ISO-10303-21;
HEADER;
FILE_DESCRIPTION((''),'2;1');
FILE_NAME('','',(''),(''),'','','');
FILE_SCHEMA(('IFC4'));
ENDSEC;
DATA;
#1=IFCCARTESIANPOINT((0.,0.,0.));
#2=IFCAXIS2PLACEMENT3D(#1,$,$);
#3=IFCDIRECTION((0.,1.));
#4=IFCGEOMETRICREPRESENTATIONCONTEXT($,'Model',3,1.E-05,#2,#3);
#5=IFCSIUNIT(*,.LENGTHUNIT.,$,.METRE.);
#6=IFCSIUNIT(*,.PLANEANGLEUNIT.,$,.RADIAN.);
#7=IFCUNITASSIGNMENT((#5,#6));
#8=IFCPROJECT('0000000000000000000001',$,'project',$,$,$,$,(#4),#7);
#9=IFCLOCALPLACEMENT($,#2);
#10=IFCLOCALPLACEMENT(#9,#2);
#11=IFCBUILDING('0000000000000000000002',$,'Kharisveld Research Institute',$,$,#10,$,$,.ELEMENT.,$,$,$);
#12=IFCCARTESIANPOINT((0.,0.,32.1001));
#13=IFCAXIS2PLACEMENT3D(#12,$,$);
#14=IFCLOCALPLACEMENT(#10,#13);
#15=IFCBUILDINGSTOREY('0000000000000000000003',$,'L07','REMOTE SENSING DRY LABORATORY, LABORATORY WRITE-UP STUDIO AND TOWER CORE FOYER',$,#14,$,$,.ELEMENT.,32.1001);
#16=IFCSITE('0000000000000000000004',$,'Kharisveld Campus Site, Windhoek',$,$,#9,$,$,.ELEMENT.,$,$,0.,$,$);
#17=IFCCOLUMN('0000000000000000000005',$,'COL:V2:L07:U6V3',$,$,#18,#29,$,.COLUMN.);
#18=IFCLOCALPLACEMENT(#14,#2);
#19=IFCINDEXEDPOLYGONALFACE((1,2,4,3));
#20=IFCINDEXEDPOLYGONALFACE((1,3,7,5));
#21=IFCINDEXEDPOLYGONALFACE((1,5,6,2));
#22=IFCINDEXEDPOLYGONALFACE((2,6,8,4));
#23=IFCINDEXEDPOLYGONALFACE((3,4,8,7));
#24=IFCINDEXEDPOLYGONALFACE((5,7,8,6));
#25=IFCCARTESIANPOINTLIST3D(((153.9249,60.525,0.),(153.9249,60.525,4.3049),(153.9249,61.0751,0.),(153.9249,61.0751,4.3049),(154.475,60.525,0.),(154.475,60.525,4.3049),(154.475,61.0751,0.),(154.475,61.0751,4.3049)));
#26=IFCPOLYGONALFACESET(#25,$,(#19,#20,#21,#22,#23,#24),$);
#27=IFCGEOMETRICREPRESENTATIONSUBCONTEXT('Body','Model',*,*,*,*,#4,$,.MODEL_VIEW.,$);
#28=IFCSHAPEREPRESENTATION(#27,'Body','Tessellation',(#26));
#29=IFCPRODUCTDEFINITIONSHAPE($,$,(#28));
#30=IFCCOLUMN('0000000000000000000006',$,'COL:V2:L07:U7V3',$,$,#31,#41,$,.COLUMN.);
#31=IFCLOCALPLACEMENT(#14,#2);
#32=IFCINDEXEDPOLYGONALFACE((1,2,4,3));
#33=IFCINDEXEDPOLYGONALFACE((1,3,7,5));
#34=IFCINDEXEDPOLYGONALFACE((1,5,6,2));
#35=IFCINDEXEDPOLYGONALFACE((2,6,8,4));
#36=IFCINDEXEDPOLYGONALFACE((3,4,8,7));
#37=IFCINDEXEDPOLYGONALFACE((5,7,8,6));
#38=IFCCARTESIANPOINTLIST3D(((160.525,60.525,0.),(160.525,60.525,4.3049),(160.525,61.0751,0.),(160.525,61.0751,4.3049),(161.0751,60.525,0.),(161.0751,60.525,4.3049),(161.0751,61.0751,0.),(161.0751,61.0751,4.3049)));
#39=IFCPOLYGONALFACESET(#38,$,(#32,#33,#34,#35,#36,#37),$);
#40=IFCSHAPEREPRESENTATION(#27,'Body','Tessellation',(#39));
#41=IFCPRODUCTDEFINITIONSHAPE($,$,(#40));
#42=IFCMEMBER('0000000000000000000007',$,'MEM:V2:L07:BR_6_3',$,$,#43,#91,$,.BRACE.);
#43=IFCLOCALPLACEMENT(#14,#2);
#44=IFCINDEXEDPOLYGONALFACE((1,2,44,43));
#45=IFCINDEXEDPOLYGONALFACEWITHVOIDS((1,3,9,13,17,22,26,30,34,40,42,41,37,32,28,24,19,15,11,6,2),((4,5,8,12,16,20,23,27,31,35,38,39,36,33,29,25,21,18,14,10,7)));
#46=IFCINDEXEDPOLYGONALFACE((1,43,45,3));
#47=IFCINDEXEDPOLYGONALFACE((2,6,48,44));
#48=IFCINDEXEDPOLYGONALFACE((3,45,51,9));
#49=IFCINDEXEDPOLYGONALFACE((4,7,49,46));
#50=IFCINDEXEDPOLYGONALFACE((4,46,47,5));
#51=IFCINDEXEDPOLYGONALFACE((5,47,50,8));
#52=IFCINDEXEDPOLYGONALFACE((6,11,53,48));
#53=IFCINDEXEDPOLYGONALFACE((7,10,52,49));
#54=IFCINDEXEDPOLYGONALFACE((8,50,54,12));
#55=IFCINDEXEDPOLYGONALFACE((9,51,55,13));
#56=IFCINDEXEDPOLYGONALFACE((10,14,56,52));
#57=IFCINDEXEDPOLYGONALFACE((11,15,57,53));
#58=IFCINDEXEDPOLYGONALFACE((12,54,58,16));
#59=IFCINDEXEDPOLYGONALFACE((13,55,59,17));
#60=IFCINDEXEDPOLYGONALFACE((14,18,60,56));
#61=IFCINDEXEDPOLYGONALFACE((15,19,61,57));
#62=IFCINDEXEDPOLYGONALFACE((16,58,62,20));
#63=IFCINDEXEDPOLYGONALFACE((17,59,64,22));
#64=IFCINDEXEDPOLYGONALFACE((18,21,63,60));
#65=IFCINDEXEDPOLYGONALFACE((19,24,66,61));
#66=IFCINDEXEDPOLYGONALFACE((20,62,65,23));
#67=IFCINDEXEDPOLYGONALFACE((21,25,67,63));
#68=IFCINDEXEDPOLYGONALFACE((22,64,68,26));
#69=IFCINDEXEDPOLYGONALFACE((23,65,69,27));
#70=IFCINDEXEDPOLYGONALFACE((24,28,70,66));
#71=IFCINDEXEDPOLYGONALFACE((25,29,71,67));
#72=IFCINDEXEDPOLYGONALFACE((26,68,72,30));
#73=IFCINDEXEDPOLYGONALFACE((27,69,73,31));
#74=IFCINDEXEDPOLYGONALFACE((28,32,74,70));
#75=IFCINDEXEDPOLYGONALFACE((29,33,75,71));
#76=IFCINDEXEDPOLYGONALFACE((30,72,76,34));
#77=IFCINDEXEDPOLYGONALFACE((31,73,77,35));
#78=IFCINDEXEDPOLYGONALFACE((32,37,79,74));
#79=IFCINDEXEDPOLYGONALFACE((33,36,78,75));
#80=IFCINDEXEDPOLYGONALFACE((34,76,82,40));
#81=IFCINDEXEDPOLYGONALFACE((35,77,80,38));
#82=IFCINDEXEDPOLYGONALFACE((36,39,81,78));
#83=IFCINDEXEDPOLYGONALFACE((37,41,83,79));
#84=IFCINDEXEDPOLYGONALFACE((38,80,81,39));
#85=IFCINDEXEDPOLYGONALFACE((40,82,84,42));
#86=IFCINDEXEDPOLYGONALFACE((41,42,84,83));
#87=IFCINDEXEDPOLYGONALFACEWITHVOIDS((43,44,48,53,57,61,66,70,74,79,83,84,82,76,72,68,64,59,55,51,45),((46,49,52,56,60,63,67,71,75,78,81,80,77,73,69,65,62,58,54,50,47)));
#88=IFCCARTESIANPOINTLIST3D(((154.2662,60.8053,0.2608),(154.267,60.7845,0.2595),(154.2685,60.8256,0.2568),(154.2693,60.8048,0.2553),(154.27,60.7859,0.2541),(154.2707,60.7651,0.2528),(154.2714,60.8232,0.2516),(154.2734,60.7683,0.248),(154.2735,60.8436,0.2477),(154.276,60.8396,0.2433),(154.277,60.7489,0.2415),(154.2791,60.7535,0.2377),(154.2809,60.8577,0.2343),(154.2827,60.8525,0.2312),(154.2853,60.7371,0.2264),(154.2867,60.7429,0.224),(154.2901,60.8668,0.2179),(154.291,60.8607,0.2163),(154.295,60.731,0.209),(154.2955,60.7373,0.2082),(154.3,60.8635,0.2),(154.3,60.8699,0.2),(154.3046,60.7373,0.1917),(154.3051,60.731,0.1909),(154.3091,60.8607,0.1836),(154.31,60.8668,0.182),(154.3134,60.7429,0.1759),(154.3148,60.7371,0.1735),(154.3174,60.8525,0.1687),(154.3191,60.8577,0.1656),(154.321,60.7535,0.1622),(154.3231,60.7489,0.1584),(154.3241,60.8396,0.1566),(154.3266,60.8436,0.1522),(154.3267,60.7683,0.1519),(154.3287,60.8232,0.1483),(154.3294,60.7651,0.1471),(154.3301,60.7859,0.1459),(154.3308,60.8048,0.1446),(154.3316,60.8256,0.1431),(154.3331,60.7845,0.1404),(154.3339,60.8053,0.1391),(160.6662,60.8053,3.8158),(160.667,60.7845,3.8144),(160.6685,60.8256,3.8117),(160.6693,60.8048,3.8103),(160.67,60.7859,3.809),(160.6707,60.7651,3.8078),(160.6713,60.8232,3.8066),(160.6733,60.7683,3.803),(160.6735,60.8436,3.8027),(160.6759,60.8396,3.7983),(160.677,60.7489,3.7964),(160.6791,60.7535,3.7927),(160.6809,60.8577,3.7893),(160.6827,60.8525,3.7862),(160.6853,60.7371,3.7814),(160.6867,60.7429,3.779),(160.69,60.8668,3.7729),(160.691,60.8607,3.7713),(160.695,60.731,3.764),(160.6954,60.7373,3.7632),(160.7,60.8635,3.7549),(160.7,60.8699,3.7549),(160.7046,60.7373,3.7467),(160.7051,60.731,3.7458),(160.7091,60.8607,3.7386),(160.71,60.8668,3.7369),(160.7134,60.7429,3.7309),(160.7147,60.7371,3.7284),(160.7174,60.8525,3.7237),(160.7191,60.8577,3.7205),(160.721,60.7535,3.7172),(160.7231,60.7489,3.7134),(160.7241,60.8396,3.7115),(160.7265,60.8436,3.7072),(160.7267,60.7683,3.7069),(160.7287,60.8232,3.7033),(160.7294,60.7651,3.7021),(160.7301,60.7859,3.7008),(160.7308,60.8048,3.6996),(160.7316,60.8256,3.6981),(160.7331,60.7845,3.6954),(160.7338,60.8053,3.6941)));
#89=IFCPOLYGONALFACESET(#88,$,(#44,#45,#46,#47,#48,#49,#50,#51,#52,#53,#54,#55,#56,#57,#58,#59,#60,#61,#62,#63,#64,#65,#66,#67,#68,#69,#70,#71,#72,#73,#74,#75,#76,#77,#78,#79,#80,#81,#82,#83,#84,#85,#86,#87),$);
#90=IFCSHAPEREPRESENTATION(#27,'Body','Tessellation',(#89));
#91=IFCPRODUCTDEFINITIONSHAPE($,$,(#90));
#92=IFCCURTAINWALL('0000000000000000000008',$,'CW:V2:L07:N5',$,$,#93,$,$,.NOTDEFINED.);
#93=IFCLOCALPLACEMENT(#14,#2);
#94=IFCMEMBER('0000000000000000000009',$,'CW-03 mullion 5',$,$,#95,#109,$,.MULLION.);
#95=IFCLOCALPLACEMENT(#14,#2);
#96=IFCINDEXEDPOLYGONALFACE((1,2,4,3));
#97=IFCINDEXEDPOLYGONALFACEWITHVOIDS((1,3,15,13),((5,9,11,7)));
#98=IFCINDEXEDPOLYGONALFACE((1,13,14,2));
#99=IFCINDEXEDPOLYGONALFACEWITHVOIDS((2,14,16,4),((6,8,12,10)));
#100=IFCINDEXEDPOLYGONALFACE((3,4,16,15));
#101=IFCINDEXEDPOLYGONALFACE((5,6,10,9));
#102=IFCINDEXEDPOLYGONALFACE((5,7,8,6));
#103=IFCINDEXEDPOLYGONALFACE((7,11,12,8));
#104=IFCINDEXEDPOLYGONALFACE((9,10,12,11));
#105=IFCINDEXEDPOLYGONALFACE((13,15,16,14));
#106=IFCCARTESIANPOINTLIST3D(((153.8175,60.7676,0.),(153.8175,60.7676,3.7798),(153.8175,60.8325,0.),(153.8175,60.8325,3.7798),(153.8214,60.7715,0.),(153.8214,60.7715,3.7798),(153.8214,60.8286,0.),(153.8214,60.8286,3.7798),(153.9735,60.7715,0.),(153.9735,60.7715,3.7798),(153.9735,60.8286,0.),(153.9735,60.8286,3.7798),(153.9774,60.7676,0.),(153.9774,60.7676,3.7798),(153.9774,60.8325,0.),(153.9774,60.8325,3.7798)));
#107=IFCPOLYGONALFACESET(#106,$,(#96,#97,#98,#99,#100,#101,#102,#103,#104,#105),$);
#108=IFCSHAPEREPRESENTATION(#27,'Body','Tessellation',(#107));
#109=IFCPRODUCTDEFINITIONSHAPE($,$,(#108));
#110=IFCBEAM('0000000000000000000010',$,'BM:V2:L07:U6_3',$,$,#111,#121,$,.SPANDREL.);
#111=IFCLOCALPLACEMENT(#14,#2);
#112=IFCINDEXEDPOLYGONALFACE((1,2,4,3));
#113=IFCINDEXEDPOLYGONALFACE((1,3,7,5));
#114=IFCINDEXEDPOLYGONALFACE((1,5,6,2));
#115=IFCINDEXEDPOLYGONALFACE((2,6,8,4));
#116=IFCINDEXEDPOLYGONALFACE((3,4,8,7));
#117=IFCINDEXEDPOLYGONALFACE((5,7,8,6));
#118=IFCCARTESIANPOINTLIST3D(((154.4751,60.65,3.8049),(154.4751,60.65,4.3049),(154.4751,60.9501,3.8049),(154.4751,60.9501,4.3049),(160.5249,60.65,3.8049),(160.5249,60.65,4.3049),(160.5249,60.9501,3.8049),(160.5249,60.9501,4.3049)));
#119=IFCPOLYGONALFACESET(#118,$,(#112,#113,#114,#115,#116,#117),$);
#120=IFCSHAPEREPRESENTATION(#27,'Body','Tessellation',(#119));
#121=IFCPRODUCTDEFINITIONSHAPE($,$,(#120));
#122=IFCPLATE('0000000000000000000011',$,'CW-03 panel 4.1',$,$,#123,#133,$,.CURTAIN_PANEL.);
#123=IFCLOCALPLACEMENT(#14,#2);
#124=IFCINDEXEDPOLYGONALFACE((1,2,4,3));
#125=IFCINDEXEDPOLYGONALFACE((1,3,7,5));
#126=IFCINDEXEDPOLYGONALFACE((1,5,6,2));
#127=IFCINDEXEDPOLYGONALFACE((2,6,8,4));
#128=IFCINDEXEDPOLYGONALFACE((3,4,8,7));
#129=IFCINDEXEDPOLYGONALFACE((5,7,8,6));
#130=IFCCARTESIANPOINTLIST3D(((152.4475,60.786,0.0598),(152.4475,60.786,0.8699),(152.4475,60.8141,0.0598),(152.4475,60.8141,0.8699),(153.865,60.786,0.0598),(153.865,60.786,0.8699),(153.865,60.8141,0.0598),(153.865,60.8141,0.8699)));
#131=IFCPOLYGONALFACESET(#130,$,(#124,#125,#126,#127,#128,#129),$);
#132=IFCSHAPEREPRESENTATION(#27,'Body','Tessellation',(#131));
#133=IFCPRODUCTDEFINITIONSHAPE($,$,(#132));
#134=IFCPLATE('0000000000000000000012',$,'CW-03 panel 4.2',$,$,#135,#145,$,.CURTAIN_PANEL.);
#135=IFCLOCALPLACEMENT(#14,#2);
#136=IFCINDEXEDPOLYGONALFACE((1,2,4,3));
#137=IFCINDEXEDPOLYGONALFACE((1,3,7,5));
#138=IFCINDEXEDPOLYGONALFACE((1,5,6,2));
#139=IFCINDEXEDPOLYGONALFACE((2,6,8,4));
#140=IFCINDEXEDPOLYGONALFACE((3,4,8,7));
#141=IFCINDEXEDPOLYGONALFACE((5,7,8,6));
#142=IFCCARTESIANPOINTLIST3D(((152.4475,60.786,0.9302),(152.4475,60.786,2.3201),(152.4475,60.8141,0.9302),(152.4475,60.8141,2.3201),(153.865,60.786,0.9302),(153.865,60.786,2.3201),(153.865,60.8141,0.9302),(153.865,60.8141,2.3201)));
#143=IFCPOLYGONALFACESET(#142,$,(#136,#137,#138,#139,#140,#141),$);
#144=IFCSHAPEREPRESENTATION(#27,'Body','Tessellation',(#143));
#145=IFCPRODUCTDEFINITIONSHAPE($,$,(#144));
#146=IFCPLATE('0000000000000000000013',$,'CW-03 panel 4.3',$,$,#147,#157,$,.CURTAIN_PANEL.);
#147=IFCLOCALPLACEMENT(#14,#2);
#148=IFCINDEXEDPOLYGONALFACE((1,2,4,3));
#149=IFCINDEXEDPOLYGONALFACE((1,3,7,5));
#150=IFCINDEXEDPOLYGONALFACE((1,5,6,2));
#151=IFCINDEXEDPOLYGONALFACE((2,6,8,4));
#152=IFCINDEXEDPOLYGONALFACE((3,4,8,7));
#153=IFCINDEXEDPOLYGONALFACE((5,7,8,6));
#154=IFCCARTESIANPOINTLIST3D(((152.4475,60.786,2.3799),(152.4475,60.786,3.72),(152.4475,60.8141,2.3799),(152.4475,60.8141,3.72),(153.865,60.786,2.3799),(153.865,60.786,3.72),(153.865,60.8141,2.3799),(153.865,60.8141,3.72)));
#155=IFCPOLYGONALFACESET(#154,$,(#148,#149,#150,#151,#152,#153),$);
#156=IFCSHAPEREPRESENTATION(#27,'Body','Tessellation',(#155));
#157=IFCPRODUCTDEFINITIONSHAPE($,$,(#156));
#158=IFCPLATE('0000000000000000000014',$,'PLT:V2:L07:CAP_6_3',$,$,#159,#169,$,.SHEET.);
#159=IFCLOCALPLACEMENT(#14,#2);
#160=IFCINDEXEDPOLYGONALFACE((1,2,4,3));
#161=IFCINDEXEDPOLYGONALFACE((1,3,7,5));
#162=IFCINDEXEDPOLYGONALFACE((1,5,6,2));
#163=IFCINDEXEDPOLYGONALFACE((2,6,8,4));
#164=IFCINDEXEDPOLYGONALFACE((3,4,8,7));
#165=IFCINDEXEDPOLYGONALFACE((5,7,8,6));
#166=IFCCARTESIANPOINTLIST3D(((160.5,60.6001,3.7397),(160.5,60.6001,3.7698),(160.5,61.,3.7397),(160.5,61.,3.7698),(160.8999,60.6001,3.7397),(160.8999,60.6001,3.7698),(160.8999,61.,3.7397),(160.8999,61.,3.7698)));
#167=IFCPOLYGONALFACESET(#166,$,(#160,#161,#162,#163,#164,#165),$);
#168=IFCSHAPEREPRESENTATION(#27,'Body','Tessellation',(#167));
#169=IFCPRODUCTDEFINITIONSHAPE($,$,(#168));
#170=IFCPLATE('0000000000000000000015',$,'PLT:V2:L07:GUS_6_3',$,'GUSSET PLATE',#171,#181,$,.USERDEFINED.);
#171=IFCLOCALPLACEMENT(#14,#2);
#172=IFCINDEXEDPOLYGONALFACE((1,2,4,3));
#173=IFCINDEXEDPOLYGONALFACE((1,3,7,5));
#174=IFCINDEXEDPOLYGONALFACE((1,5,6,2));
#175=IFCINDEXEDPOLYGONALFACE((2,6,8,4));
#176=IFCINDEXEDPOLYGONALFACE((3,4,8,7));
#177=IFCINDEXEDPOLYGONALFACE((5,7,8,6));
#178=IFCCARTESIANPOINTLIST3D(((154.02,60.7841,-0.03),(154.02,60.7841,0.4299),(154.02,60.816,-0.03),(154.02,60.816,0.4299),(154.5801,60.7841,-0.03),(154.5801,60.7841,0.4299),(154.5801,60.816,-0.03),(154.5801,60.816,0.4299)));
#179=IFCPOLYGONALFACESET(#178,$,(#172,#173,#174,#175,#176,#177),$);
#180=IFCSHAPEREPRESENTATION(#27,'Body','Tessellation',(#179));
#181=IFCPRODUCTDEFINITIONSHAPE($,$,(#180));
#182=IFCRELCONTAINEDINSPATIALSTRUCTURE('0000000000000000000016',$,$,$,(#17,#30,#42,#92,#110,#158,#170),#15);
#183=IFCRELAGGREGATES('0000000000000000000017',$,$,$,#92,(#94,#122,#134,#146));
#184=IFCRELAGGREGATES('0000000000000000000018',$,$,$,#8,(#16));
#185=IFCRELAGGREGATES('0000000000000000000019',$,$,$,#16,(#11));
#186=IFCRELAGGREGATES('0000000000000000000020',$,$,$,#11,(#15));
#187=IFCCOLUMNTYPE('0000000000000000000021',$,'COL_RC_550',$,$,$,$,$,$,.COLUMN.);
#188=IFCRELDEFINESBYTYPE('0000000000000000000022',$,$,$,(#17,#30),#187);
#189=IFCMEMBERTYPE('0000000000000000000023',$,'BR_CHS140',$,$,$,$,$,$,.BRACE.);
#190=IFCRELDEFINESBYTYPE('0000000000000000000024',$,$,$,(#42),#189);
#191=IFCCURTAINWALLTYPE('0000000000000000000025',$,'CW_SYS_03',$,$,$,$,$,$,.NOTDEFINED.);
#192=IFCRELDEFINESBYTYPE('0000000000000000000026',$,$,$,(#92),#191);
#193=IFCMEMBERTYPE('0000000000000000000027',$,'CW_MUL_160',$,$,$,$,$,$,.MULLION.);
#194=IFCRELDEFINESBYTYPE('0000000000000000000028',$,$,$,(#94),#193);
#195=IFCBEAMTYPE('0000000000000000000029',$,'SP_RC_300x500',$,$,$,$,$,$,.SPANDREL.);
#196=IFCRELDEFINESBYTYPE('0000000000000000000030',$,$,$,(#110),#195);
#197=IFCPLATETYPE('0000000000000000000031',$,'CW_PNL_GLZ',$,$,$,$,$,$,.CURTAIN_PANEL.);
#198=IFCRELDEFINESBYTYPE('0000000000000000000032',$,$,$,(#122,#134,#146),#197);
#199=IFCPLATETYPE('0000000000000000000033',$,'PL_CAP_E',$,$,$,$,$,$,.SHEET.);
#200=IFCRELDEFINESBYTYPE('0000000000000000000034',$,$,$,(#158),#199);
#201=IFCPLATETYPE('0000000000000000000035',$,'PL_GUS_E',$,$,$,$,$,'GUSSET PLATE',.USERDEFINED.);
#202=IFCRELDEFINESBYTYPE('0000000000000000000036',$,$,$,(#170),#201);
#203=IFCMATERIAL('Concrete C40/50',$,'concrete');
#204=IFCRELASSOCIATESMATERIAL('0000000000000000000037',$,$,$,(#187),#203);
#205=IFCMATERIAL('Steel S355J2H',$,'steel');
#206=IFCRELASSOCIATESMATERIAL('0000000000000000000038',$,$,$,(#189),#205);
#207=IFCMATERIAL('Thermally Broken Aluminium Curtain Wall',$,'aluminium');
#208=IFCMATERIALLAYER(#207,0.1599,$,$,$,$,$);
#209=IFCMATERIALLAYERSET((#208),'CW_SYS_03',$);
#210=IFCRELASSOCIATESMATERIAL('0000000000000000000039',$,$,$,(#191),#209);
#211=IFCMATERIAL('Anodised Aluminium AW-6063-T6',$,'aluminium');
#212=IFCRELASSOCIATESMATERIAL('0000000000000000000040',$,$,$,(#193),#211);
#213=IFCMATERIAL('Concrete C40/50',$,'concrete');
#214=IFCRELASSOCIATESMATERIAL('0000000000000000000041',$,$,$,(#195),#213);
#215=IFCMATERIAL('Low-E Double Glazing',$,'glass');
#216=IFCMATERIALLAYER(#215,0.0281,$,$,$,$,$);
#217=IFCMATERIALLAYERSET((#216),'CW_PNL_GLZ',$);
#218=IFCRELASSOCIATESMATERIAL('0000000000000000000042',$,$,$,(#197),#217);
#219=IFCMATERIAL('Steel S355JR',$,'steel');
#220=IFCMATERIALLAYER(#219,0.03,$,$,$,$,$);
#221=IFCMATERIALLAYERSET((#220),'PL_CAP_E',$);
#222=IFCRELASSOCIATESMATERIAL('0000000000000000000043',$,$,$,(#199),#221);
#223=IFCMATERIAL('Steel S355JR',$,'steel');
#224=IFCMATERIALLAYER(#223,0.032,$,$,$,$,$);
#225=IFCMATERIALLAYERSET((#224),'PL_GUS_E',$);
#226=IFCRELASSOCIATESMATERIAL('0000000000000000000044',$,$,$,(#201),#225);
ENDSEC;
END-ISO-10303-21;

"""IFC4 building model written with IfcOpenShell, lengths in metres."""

from ifc_helpers import new_model, si_unit, direction, frame, origin, origin_2d, place, context, subcontext, project, spatial, rectangle, hollow_rectangle, hollow_circle, extrude, material, layer, layer_set, material_profile, profile_set, type_object, element, aggregate, save


model = new_model("IFC4")

# Units and contexts
model_context = context("Model", 3, precision=1e-05, world=origin(), true_north=direction((0.0, 1.0)))
body_context = subcontext(model_context, "Body", "Model", "MODEL_VIEW")
ifc_project = project(units=[si_unit("LENGTHUNIT", "METRE"), si_unit("PLANEANGLEUNIT", "RADIAN")], contexts=[model_context])

# Site, building, storey
site_placement = place(None, origin())
site = spatial("IfcSite", under=ifc_project, at=site_placement, Name="Kharisveld Campus Site, Windhoek", CompositionType="ELEMENT", RefElevation=0.0)
building_placement = place(site_placement, origin())
building = spatial("IfcBuilding", under=site, at=building_placement, Name="Kharisveld Research Institute", CompositionType="ELEMENT")
storey_placement = place(building_placement, frame((0.0, 0.0, 32.1001)))
storey = spatial("IfcBuildingStorey", under=building, at=storey_placement, Name="L07", Description="REMOTE SENSING DRY LABORATORY, LABORATORY WRITE-UP STUDIO AND TOWER CORE FOYER", CompositionType="ELEMENT", Elevation=32.1001)

# Columns
ifc_material_1 = material(Name="Concrete C40/50", Category="concrete")
ifc_material_profile_1 = material_profile(ifc_material_1, rectangle(XDim=0.55, YDim=0.55, at=origin_2d()))
ifc_profile_set_1 = profile_set([ifc_material_profile_1], Name="Concrete C40/50")
column_type = type_object("IfcColumnType", Name="COL_RC_550", PredefinedType="COLUMN", material=ifc_profile_set_1)
for number, where, z_axis, x_axis, name in (
    (1, (154.2, 60.8, 0.0), (0.0, 0.0, 1.0), (1.0, 0.0, 0.0), "COL:V2:L07:U6V3"),
    (2, (160.8, 60.8, 0.0), (0.0, 0.0, 1.0), (1.0, 0.0, 0.0), "COL:V2:L07:U7V3"),
):
    element("IfcColumn", number, at=place(storey_placement, frame(where, z_axis=z_axis, x_axis=x_axis)), inside=storey, type_object=column_type, Name=name, PredefinedType="COLUMN", context=body_context, shape_type="SweptSolid", body=[
        extrude(rectangle(XDim=0.55, YDim=0.55, at=origin_2d()), origin(), (0.0, 0.0, 1.0), 4.3049),
    ])

# Member
ifc_material_2 = material(Name="Steel S355J2H", Category="steel")
ifc_material_profile_2 = material_profile(ifc_material_2, hollow_circle(Radius=0.0698, WallThickness=0.0063, at=origin_2d()))
ifc_profile_set_2 = profile_set([ifc_material_profile_2], Name="Steel S355J2H")
member_type_1 = type_object("IfcMemberType", Name="BR_CHS140", PredefinedType="BRACE", material=ifc_profile_set_2)
member_1_placement = place(storey_placement, frame((154.3, 60.8, 0.2), z_axis=(0.87419, 0.0, 0.485583), x_axis=(0.0, 1.0, 0.0)))
element("IfcMember", 3, at=member_1_placement, inside=storey, type_object=member_type_1, Name="MEM:V2:L07:BR_6_3", PredefinedType="BRACE", context=body_context, shape_type="SweptSolid", body=[
    extrude(hollow_circle(Radius=0.0698, WallThickness=0.0063, at=origin_2d()), origin(), (0.0, 0.0, 1.0), 7.321),
])

# Curtain wall, member
ifc_material_3 = material(Name="Thermally Broken Aluminium Curtain Wall", Category="aluminium")
ifc_layer_1 = layer(ifc_material_3, 0.1599)
ifc_layer_set_1 = layer_set([ifc_layer_1], Name="CW_SYS_03")
curtain_wall_type = type_object("IfcCurtainWallType", Name="CW_SYS_03", PredefinedType="NOTDEFINED", material=ifc_layer_set_1)
curtain_wall_placement = place(storey_placement, origin())
curtain_wall = element("IfcCurtainWall", 4, at=curtain_wall_placement, inside=storey, type_object=curtain_wall_type, Name="CW:V2:L07:N5", PredefinedType="NOTDEFINED")
ifc_material_4 = material(Name="Anodised Aluminium AW-6063-T6", Category="aluminium")
ifc_material_profile_3 = material_profile(ifc_material_4, hollow_rectangle(XDim=0.0649, YDim=0.1599, WallThickness=0.0039, at=origin_2d()))
ifc_profile_set_3 = profile_set([ifc_material_profile_3], Name="Anodised Aluminium AW-6063-T6")
member_type_2 = type_object("IfcMemberType", Name="CW_MUL_160", PredefinedType="MULLION", material=ifc_profile_set_3)
member_2_placement = place(storey_placement, frame((153.8975, 60.8, 0.0), z_axis=(0.0, 0.0, 1.0), x_axis=(0.0, 1.0, 0.0)))
member_2 = element("IfcMember", 5, at=member_2_placement, type_object=member_type_2, Name="CW-03 mullion 5", PredefinedType="MULLION", context=body_context, shape_type="SweptSolid", body=[
    extrude(hollow_rectangle(XDim=0.0649, YDim=0.1599, WallThickness=0.0039, at=origin_2d()), origin(), (0.0, 0.0, 1.0), 3.7798),
])

# Beam
ifc_material_5 = material(Name="Concrete C40/50", Category="concrete")
ifc_material_profile_4 = material_profile(ifc_material_5, rectangle(XDim=0.3, YDim=0.5, at=origin_2d()))
ifc_profile_set_4 = profile_set([ifc_material_profile_4], Name="Concrete C40/50")
beam_type = type_object("IfcBeamType", Name="SP_RC_300x500", PredefinedType="SPANDREL", material=ifc_profile_set_4)
beam_placement = place(storey_placement, frame((154.4751, 60.8, 4.0549), z_axis=(1.0, 0.0, 0.0), x_axis=(0.0, 1.0, 0.0)))
element("IfcBeam", 6, at=beam_placement, inside=storey, type_object=beam_type, Name="BM:V2:L07:U6_3", PredefinedType="SPANDREL", context=body_context, shape_type="SweptSolid", body=[
    extrude(rectangle(XDim=0.3, YDim=0.5, at=origin_2d()), origin(), (0.0, 0.0, 1.0), 6.0498),
])

# Plates
ifc_material_6 = material(Name="Low-E Double Glazing", Category="glass")
ifc_layer_2 = layer(ifc_material_6, 0.0281)
ifc_layer_set_2 = layer_set([ifc_layer_2], Name="CW_PNL_GLZ")
plate_type_1 = type_object("IfcPlateType", Name="CW_PNL_GLZ", PredefinedType="CURTAIN_PANEL", material=ifc_layer_set_2)
plate_1_placement = place(storey_placement, frame((153.1562, 60.8, 0.0598), z_axis=(0.0, 0.0, 1.0), x_axis=(1.0, 0.0, 0.0)))
plate_1 = element("IfcPlate", 7, at=plate_1_placement, type_object=plate_type_1, Name="CW-03 panel 4.1", PredefinedType="CURTAIN_PANEL", context=body_context, shape_type="SweptSolid", body=[
    extrude(rectangle(XDim=1.4175, YDim=0.0281, at=origin_2d()), origin(), (0.0, 0.0, 1.0), 0.8101),
])
plate_2_placement = place(storey_placement, frame((153.1562, 60.8, 0.9302), z_axis=(0.0, 0.0, 1.0), x_axis=(1.0, 0.0, 0.0)))
plate_2 = element("IfcPlate", 8, at=plate_2_placement, type_object=plate_type_1, Name="CW-03 panel 4.2", PredefinedType="CURTAIN_PANEL", context=body_context, shape_type="SweptSolid", body=[
    extrude(rectangle(XDim=1.4175, YDim=0.0281, at=origin_2d()), origin(), (0.0, 0.0, 1.0), 1.3899),
])
plate_3_placement = place(storey_placement, frame((153.1562, 60.8, 2.3799), z_axis=(0.0, 0.0, 1.0), x_axis=(1.0, 0.0, 0.0)))
plate_3 = element("IfcPlate", 9, at=plate_3_placement, type_object=plate_type_1, Name="CW-03 panel 4.3", PredefinedType="CURTAIN_PANEL", context=body_context, shape_type="SweptSolid", body=[
    extrude(rectangle(XDim=1.4175, YDim=0.0281, at=origin_2d()), origin(), (0.0, 0.0, 1.0), 1.3401),
])
aggregate(curtain_wall, [member_2, plate_1, plate_2, plate_3])

# Plates
ifc_material_7 = material(Name="Steel S355JR", Category="steel")
ifc_layer_3 = layer(ifc_material_7, 0.03)
ifc_layer_set_3 = layer_set([ifc_layer_3], Name="PL_CAP_E")
plate_type_2 = type_object("IfcPlateType", Name="PL_CAP_E", PredefinedType="SHEET", material=ifc_layer_set_3)
plate_4_placement = place(storey_placement, frame((160.7, 60.8, 3.7397), z_axis=(0.0, 0.0, 1.0), x_axis=(1.0, 0.0, 0.0)))
element("IfcPlate", 10, at=plate_4_placement, inside=storey, type_object=plate_type_2, Name="PLT:V2:L07:CAP_6_3", PredefinedType="SHEET", context=body_context, shape_type="SweptSolid", body=[
    extrude(rectangle(XDim=0.3999, YDim=0.3999, at=origin_2d()), origin(), (0.0, 0.0, 1.0), 0.03),
])
ifc_material_8 = material(Name="Steel S355JR", Category="steel")
ifc_layer_4 = layer(ifc_material_8, 0.032)
ifc_layer_set_4 = layer_set([ifc_layer_4], Name="PL_GUS_E")
plate_type_3 = type_object("IfcPlateType", Name="PL_GUS_E", ElementType="GUSSET PLATE", PredefinedType="USERDEFINED", material=ifc_layer_set_4)
plate_5_placement = place(storey_placement, frame((154.3, 60.8, -0.03), z_axis=(0.0, 0.0, 1.0), x_axis=(1.0, 0.0, 0.0)))
element("IfcPlate", 11, at=plate_5_placement, inside=storey, type_object=plate_type_3, Name="PLT:V2:L07:GUS_6_3", ObjectType="GUSSET PLATE", PredefinedType="USERDEFINED", context=body_context, shape_type="SweptSolid", body=[
    extrude(rectangle(XDim=0.5601, YDim=0.032, at=origin_2d()), origin(), (0.0, 0.0, 1.0), 0.46),
])

save(model, "model.ifc")
